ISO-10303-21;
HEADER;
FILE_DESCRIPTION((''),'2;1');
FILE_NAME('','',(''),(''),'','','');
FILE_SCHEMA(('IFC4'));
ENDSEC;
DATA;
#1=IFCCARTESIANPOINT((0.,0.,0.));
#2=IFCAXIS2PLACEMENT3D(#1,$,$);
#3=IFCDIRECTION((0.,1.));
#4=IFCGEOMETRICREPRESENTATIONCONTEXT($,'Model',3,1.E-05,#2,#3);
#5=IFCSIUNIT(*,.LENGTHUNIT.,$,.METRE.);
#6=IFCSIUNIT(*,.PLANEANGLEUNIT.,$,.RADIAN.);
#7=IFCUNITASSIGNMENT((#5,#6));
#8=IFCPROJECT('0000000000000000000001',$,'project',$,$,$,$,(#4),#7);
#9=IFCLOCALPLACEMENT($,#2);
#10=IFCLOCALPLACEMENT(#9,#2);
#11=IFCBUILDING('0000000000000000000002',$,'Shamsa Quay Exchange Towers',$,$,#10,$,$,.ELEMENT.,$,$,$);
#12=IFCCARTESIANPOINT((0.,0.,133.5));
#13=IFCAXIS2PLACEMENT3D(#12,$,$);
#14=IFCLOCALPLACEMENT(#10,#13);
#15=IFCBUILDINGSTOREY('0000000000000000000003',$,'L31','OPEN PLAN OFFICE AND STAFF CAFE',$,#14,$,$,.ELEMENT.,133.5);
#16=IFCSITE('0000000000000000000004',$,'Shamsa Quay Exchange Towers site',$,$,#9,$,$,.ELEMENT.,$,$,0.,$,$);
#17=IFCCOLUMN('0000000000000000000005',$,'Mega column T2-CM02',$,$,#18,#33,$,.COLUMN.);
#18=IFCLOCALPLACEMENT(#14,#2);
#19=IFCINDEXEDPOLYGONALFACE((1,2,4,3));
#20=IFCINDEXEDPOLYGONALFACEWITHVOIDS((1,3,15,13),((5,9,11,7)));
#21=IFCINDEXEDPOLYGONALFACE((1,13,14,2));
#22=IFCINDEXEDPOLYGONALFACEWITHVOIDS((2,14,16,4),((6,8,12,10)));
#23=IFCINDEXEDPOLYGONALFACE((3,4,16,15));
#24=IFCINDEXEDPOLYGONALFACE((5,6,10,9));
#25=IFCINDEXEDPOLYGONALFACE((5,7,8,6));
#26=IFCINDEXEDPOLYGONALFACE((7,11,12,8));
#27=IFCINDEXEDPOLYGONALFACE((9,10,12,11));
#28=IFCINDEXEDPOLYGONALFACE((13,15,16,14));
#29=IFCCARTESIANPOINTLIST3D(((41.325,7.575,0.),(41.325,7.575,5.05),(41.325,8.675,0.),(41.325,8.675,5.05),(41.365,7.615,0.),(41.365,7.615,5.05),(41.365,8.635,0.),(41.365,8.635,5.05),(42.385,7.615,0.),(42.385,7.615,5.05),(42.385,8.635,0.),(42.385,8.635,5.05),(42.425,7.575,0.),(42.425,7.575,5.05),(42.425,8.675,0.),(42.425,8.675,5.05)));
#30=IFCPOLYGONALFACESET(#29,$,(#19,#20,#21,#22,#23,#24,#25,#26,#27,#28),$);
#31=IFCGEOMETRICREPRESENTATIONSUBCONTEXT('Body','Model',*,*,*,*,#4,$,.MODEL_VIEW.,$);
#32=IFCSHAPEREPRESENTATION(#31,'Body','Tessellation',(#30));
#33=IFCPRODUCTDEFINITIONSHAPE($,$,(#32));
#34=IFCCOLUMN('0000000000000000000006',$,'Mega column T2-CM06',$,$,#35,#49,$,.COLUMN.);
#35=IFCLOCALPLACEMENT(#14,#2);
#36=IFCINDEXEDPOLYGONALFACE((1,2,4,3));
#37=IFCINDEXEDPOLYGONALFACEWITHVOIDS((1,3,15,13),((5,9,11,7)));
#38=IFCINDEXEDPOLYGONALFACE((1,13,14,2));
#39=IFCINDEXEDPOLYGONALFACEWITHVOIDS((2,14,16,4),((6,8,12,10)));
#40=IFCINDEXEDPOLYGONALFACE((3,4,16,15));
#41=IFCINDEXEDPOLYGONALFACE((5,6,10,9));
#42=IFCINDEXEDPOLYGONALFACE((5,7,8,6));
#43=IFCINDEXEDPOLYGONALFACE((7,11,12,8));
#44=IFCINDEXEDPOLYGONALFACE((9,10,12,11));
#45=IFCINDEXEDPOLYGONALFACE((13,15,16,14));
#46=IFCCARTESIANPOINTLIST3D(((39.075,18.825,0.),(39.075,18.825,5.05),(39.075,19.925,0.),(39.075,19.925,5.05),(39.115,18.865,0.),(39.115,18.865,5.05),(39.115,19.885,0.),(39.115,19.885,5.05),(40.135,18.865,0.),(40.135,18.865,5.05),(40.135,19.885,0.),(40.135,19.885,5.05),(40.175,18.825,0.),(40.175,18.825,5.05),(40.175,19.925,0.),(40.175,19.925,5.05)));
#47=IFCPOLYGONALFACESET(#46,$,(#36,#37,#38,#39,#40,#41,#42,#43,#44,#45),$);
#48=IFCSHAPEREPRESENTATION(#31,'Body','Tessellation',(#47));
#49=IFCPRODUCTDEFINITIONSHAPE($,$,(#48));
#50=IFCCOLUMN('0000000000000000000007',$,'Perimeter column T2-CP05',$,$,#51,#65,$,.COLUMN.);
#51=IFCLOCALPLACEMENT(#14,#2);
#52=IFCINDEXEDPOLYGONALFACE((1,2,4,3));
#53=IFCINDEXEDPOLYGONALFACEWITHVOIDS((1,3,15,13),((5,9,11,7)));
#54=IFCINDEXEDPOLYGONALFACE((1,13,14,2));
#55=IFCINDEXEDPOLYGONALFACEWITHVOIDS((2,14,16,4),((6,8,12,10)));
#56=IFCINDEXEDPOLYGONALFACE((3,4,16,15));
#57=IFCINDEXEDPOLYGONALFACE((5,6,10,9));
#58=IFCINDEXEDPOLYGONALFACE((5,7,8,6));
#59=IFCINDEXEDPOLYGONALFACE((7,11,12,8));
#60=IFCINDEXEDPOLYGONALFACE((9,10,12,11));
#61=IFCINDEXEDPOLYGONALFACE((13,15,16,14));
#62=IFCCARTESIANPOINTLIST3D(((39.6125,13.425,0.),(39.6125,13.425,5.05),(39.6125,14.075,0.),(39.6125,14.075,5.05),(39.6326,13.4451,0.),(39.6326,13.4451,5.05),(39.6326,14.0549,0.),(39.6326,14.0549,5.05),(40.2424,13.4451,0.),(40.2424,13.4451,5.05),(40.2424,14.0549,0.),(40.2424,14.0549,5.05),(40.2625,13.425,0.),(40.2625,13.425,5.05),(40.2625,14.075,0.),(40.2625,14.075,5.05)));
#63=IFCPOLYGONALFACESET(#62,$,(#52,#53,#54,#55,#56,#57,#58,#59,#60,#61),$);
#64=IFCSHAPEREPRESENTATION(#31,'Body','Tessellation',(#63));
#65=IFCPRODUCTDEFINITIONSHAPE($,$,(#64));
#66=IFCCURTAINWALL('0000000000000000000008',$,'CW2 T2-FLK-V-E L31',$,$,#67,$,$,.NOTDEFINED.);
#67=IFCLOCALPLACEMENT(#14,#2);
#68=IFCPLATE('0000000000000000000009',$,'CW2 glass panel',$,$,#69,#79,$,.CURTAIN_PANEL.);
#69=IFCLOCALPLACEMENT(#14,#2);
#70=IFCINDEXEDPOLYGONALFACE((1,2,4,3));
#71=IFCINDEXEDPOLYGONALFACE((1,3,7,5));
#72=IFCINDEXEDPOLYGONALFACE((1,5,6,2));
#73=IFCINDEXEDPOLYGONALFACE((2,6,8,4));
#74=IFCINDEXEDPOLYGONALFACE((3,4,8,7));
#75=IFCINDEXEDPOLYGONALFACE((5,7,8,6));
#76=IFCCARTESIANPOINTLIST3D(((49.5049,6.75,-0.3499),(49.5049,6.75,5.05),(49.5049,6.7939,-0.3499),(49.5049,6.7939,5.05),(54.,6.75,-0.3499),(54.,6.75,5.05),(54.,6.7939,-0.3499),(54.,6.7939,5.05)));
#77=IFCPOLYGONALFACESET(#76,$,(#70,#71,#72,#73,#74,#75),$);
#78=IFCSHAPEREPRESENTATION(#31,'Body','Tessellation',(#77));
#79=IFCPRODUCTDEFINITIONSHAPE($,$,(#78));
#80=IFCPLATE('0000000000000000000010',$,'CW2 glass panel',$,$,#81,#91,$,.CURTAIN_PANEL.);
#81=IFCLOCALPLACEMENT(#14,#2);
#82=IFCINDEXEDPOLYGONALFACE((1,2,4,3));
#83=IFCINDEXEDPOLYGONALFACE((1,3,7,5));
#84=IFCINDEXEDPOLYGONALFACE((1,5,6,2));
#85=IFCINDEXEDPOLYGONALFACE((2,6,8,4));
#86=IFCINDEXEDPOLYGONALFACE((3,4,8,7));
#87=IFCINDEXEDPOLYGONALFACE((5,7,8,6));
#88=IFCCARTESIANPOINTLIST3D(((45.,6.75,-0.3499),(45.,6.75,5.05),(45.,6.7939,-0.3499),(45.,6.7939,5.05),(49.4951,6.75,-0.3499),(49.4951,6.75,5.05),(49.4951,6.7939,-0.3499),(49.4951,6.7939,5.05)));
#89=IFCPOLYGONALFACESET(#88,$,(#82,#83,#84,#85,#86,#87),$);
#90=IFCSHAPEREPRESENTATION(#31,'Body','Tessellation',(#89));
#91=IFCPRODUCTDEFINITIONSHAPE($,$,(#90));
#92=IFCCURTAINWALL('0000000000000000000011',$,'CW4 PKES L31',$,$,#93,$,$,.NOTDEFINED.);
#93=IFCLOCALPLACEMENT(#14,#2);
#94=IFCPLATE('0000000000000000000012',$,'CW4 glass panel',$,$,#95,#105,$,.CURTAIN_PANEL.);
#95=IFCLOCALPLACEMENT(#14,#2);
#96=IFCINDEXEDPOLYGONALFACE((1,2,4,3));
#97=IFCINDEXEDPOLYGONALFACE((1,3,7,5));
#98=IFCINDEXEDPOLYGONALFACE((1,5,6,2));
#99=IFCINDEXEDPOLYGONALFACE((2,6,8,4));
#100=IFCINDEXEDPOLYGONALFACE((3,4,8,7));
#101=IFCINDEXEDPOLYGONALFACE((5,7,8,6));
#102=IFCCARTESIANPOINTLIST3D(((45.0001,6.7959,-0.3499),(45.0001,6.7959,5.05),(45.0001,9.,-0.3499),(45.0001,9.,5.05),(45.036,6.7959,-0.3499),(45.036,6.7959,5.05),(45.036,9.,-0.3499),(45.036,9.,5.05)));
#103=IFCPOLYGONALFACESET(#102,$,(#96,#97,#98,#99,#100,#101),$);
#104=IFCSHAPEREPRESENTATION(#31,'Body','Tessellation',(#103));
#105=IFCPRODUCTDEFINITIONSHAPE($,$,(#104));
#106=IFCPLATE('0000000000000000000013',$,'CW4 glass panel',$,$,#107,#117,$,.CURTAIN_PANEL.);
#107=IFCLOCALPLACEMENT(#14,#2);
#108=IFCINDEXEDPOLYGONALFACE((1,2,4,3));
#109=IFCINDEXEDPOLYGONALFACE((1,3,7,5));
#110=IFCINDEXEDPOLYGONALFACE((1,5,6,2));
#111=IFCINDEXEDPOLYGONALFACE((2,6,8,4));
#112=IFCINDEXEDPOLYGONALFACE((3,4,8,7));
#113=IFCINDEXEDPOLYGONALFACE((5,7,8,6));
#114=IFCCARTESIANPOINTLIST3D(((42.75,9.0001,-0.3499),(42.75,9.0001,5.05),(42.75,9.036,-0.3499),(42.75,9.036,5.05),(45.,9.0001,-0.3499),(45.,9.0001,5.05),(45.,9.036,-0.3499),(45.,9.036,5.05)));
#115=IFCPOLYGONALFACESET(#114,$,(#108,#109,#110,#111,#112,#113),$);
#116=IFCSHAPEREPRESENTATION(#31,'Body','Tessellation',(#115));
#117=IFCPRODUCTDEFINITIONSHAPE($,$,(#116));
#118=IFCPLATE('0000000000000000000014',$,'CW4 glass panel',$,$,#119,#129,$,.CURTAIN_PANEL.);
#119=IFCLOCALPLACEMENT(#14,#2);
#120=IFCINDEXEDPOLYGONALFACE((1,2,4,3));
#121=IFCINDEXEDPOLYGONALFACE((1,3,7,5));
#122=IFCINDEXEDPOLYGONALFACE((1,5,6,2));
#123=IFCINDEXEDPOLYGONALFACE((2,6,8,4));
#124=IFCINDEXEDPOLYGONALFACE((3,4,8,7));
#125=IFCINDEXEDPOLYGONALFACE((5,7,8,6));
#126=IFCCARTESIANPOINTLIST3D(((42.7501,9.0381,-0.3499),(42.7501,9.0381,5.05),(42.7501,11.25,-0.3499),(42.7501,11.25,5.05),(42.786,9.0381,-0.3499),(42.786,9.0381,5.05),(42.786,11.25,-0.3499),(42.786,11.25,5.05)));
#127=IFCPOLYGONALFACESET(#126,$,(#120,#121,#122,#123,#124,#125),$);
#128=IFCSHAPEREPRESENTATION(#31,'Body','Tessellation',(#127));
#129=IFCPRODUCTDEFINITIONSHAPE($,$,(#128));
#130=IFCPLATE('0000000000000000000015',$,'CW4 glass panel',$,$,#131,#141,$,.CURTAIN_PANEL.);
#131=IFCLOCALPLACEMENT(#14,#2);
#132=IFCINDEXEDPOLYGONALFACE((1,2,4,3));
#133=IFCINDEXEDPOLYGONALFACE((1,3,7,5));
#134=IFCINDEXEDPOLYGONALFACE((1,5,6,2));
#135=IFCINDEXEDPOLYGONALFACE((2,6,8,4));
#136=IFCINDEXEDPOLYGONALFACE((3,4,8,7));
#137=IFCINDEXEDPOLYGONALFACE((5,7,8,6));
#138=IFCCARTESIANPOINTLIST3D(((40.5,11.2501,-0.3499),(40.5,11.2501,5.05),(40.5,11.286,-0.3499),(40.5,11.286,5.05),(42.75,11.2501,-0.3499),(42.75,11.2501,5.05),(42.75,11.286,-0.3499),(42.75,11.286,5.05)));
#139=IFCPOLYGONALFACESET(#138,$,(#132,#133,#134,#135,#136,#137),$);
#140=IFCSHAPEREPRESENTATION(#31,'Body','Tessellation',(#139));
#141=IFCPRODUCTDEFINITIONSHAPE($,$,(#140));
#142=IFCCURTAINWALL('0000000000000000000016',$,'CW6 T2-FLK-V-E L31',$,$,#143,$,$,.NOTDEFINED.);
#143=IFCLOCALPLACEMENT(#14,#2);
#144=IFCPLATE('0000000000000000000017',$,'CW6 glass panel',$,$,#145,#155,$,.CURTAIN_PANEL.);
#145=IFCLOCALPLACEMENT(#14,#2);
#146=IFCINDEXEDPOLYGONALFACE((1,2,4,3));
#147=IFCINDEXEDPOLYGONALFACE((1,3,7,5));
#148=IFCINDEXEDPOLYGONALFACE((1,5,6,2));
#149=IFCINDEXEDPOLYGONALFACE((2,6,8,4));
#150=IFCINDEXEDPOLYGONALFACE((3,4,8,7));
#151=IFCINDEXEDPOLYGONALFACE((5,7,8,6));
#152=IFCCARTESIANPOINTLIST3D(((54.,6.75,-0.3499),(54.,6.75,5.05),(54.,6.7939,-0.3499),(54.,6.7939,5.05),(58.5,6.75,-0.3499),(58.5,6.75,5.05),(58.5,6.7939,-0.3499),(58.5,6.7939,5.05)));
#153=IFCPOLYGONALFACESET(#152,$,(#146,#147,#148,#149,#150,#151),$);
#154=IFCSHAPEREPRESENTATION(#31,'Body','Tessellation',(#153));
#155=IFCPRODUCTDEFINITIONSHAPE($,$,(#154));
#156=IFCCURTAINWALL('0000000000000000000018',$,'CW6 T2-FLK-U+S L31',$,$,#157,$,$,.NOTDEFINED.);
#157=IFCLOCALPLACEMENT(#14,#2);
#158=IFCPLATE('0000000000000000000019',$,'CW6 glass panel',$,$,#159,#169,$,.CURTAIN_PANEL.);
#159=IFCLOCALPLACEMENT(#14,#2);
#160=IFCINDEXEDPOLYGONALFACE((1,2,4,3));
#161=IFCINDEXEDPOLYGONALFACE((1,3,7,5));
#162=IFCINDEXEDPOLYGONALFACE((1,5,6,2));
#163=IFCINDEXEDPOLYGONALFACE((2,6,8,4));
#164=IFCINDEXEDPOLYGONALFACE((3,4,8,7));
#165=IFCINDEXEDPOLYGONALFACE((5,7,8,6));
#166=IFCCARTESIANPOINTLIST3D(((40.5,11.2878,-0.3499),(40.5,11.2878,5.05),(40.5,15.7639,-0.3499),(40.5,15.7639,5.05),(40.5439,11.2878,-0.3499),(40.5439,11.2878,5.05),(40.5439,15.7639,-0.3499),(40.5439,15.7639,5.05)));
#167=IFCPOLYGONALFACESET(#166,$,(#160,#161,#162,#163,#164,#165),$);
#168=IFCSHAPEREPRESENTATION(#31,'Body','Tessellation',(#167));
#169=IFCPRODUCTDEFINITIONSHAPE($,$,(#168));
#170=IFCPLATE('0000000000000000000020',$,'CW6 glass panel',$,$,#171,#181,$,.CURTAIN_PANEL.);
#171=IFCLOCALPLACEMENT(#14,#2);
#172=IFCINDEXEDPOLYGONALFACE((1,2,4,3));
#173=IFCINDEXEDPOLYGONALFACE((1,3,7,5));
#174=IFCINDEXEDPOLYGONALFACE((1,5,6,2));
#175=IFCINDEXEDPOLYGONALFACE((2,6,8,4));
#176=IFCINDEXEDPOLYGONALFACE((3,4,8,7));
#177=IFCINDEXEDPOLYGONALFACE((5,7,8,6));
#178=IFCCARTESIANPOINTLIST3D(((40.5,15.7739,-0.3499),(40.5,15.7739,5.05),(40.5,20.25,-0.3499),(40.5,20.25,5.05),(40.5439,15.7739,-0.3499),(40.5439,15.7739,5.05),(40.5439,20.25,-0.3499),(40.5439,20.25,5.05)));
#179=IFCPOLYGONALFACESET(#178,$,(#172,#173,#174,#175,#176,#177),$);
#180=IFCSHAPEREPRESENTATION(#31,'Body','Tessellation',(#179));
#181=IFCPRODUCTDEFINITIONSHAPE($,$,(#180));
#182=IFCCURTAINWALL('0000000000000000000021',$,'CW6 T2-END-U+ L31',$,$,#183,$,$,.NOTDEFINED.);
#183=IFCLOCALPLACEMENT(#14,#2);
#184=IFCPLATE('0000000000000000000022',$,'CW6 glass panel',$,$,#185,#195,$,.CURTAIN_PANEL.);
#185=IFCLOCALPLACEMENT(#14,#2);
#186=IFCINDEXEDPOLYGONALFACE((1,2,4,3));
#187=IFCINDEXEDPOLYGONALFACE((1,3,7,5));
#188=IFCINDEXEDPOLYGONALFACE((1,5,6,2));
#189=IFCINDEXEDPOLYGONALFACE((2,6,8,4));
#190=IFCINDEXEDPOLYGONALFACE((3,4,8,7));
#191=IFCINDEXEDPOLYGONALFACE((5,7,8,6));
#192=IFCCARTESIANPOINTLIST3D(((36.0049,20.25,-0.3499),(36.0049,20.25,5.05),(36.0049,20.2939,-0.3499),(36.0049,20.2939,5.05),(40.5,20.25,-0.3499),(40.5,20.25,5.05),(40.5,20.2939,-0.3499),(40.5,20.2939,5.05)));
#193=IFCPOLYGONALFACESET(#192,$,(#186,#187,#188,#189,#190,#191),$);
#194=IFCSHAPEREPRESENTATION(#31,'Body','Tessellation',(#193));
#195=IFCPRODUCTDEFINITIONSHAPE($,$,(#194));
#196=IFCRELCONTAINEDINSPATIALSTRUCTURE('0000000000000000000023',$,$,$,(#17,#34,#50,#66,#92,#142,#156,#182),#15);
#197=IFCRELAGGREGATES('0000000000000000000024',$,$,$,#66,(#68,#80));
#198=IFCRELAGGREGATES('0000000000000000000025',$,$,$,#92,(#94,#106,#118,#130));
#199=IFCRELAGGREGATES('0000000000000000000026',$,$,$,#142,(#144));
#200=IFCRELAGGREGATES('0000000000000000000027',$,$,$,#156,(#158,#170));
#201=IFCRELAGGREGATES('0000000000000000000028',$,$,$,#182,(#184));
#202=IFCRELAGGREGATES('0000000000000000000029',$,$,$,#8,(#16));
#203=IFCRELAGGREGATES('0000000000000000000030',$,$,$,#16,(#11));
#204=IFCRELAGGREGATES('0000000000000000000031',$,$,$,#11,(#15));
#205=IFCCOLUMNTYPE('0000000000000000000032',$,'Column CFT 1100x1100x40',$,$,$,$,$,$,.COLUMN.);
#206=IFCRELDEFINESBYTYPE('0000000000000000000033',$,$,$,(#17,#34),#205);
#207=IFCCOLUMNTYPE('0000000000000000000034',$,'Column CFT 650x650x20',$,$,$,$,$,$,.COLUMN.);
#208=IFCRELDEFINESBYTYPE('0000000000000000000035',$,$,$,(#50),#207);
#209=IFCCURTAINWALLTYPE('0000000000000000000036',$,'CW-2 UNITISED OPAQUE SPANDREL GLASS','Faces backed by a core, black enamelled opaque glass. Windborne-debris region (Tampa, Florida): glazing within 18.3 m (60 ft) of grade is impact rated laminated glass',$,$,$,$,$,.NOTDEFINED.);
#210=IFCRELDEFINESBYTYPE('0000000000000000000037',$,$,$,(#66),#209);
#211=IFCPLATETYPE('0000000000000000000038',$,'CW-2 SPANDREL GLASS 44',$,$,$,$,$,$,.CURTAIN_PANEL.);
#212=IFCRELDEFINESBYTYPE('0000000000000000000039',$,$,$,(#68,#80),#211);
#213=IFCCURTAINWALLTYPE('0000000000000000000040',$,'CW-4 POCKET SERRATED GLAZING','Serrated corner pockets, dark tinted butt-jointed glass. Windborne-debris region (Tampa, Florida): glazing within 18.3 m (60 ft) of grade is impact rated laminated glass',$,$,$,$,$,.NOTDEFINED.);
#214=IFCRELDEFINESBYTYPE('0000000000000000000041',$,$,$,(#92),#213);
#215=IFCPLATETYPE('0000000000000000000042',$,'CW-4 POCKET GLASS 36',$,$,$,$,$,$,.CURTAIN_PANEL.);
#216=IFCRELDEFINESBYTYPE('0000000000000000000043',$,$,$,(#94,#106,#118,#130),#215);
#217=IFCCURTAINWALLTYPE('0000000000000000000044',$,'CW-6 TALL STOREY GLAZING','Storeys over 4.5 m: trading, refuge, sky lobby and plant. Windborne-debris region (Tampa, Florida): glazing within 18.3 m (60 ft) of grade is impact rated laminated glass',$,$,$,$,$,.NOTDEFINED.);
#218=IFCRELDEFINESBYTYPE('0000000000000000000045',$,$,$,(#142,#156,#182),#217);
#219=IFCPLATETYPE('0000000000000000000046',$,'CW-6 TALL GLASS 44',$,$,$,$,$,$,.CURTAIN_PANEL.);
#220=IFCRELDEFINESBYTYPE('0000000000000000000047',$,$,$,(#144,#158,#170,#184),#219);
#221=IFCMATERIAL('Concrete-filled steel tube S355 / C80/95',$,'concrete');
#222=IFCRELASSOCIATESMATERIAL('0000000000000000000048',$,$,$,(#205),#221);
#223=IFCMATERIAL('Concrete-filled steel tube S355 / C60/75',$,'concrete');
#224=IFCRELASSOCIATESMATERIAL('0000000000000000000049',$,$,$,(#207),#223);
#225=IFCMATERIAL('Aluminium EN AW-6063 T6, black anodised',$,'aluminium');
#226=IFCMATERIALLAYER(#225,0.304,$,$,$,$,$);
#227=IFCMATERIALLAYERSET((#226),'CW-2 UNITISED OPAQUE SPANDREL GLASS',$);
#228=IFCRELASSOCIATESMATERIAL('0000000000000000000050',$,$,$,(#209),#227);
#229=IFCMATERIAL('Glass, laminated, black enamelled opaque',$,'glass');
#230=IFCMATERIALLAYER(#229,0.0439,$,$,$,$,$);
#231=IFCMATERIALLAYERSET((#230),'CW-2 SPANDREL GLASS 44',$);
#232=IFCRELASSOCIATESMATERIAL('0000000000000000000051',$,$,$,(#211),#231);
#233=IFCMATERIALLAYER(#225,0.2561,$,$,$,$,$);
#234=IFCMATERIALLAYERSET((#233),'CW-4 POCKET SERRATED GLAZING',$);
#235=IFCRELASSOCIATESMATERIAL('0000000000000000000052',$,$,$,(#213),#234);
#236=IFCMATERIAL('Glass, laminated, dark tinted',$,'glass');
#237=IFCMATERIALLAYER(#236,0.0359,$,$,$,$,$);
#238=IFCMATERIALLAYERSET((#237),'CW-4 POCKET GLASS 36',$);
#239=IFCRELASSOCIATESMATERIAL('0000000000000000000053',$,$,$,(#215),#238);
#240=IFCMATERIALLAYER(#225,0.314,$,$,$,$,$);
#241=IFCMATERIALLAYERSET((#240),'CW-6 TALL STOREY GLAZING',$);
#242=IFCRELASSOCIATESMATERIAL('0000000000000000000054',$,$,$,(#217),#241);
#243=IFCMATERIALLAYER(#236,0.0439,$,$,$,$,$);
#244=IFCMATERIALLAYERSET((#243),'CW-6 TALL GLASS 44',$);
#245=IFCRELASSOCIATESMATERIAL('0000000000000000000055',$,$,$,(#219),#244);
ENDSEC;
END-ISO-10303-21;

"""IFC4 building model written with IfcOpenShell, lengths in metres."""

from ifc_helpers import new_model, si_unit, direction, frame, origin, origin_2d, place, context, subcontext, project, spatial, rectangle, hollow_rectangle, extrude, material, layer, layer_set, material_profile, profile_set, type_object, element, aggregate, save


model = new_model("IFC4")

# Units and contexts
model_context = context("Model", 3, precision=1e-05, world=origin(), true_north=direction((0.0, 1.0)))
body_context = subcontext(model_context, "Body", "Model", "MODEL_VIEW")
ifc_project = project(units=[si_unit("LENGTHUNIT", "METRE"), si_unit("PLANEANGLEUNIT", "RADIAN")], contexts=[model_context])

# Site, building, storey
site_placement = place(None, origin())
site = spatial("IfcSite", under=ifc_project, at=site_placement, Name="Shamsa Quay Exchange Towers site", CompositionType="ELEMENT", RefElevation=0.0)
building_placement = place(site_placement, origin())
building = spatial("IfcBuilding", under=site, at=building_placement, Name="Shamsa Quay Exchange Towers", CompositionType="ELEMENT")
storey_placement = place(building_placement, frame((0.0, 0.0, 133.5)))
storey = spatial("IfcBuildingStorey", under=building, at=storey_placement, Name="L31", Description="OPEN PLAN OFFICE AND STAFF CAFE", CompositionType="ELEMENT", Elevation=133.5)

# Columns
ifc_material_1 = material(Name="Concrete-filled steel tube S355 / C80/95", Category="concrete")
ifc_material_profile_1 = material_profile(ifc_material_1, hollow_rectangle(XDim=1.1001, YDim=1.1001, WallThickness=0.04, at=origin_2d()), Name="CFT 1100x1100x40")
ifc_profile_set_1 = profile_set([ifc_material_profile_1], Name="Concrete-filled steel tube S355 / C80/95")
column_type_1 = type_object("IfcColumnType", Name="Column CFT 1100x1100x40", PredefinedType="COLUMN", material=ifc_profile_set_1)
for number, where, name in (
    (1, (41.875, 8.125, 0.0), "Mega column T2-CM02"),
    (2, (39.625, 19.375, 0.0), "Mega column T2-CM06"),
):
    element("IfcColumn", number, at=place(storey_placement, frame(where)), inside=storey, type_object=column_type_1, Name=name, PredefinedType="COLUMN", context=body_context, shape_type="SweptSolid", body=[
        extrude(hollow_rectangle(XDim=1.1001, YDim=1.1001, WallThickness=0.04, at=origin_2d()), origin(), (0.0, 0.0, 1.0), 5.05),
    ])
ifc_material_2 = material(Name="Concrete-filled steel tube S355 / C60/75", Category="concrete")
ifc_material_profile_2 = material_profile(ifc_material_2, hollow_rectangle(XDim=0.6499, YDim=0.6499, WallThickness=0.02, at=origin_2d()), Name="CFT 650x650x20")
ifc_profile_set_2 = profile_set([ifc_material_profile_2], Name="Concrete-filled steel tube S355 / C60/75")
column_type_2 = type_object("IfcColumnType", Name="Column CFT 650x650x20", PredefinedType="COLUMN", material=ifc_profile_set_2)
column_placement = place(storey_placement, frame((39.9375, 13.75, 0.0)))
element("IfcColumn", 3, at=column_placement, inside=storey, type_object=column_type_2, Name="Perimeter column T2-CP05", PredefinedType="COLUMN", context=body_context, shape_type="SweptSolid", body=[
    extrude(hollow_rectangle(XDim=0.6499, YDim=0.6499, WallThickness=0.02, at=origin_2d()), origin(), (0.0, 0.0, 1.0), 5.05),
])

# Curtain walls, plates
ifc_material_3 = material(Name="Aluminium EN AW-6063 T6, black anodised", Category="aluminium")
ifc_layer_1 = layer(ifc_material_3, 0.304)
ifc_layer_set_1 = layer_set([ifc_layer_1], Name="CW-2 UNITISED OPAQUE SPANDREL GLASS")
curtain_wall_type_1 = type_object("IfcCurtainWallType", Name="CW-2 UNITISED OPAQUE SPANDREL GLASS", Description="Faces backed by a core, black enamelled opaque glass. Windborne-debris region (Tampa, Florida): glazing within 18.3 m (60 ft) of grade is impact rated laminated glass", PredefinedType="NOTDEFINED", material=ifc_layer_set_1)
curtain_wall_1_placement = place(storey_placement, origin())
curtain_wall_1 = element("IfcCurtainWall", 4, at=curtain_wall_1_placement, inside=storey, type_object=curtain_wall_type_1, Name="CW2 T2-FLK-V-E L31", PredefinedType="NOTDEFINED")
ifc_material_4 = material(Name="Glass, laminated, black enamelled opaque", Category="glass")
ifc_layer_2 = layer(ifc_material_4, 0.0439)
ifc_layer_set_2 = layer_set([ifc_layer_2], Name="CW-2 SPANDREL GLASS 44")
plate_type_1 = type_object("IfcPlateType", Name="CW-2 SPANDREL GLASS 44", PredefinedType="CURTAIN_PANEL", material=ifc_layer_set_2)
plate_1_placement = place(storey_placement, frame((51.7524, 6.772, -0.3499), z_axis=(0.0, 0.0, 1.0), x_axis=(-1.0, 0.0, 0.0)))
plate_1 = element("IfcPlate", 5, at=plate_1_placement, type_object=plate_type_1, Name="CW2 glass panel", PredefinedType="CURTAIN_PANEL", context=body_context, shape_type="SweptSolid", body=[
    extrude(rectangle(XDim=4.4951, YDim=0.0439, at=origin_2d()), origin(), (0.0, 0.0, 1.0), 5.3999),
])
plate_2_placement = place(storey_placement, frame((47.2476, 6.772, -0.3499), z_axis=(0.0, 0.0, 1.0), x_axis=(-1.0, 0.0, 0.0)))
plate_2 = element("IfcPlate", 6, at=plate_2_placement, type_object=plate_type_1, Name="CW2 glass panel", PredefinedType="CURTAIN_PANEL", context=body_context, shape_type="SweptSolid", body=[
    extrude(rectangle(XDim=4.4951, YDim=0.0439, at=origin_2d()), origin(), (0.0, 0.0, 1.0), 5.3999),
])
aggregate(curtain_wall_1, [plate_1, plate_2])
ifc_layer_3 = layer(ifc_material_3, 0.2561)
ifc_layer_set_3 = layer_set([ifc_layer_3], Name="CW-4 POCKET SERRATED GLAZING")
curtain_wall_type_2 = type_object("IfcCurtainWallType", Name="CW-4 POCKET SERRATED GLAZING", Description="Serrated corner pockets, dark tinted butt-jointed glass. Windborne-debris region (Tampa, Florida): glazing within 18.3 m (60 ft) of grade is impact rated laminated glass", PredefinedType="NOTDEFINED", material=ifc_layer_set_3)
curtain_wall_2_placement = place(storey_placement, origin())
curtain_wall_2 = element("IfcCurtainWall", 7, at=curtain_wall_2_placement, inside=storey, type_object=curtain_wall_type_2, Name="CW4 PKES L31", PredefinedType="NOTDEFINED")
ifc_material_5 = material(Name="Glass, laminated, dark tinted", Category="glass")
ifc_layer_4 = layer(ifc_material_5, 0.0359)
ifc_layer_set_4 = layer_set([ifc_layer_4], Name="CW-4 POCKET GLASS 36")
plate_type_2 = type_object("IfcPlateType", Name="CW-4 POCKET GLASS 36", PredefinedType="CURTAIN_PANEL", material=ifc_layer_set_4)
plate_3_placement = place(storey_placement, frame((45.0181, 7.8979, -0.3499), z_axis=(0.0, 0.0, 1.0), x_axis=(0.0, 1.0, 0.0)))
plate_3 = element("IfcPlate", 8, at=plate_3_placement, type_object=plate_type_2, Name="CW4 glass panel", PredefinedType="CURTAIN_PANEL", context=body_context, shape_type="SweptSolid", body=[
    extrude(rectangle(XDim=2.2041, YDim=0.0359, at=origin_2d()), origin(), (0.0, 0.0, 1.0), 5.3999),
])
plate_4_placement = place(storey_placement, frame((43.875, 9.0181, -0.3499), z_axis=(0.0, 0.0, 1.0), x_axis=(-1.0, 0.0, 0.0)))
plate_4 = element("IfcPlate", 9, at=plate_4_placement, type_object=plate_type_2, Name="CW4 glass panel", PredefinedType="CURTAIN_PANEL", context=body_context, shape_type="SweptSolid", body=[
    extrude(rectangle(XDim=2.25, YDim=0.0359, at=origin_2d()), origin(), (0.0, 0.0, 1.0), 5.3999),
])
plate_5_placement = place(storey_placement, frame((42.7681, 10.144, -0.3499), z_axis=(0.0, 0.0, 1.0), x_axis=(0.0, 1.0, 0.0)))
plate_5 = element("IfcPlate", 10, at=plate_5_placement, type_object=plate_type_2, Name="CW4 glass panel", PredefinedType="CURTAIN_PANEL", context=body_context, shape_type="SweptSolid", body=[
    extrude(rectangle(XDim=2.2119, YDim=0.0359, at=origin_2d()), origin(), (0.0, 0.0, 1.0), 5.3999),
])
plate_6_placement = place(storey_placement, frame((41.625, 11.2681, -0.3499), z_axis=(0.0, 0.0, 1.0), x_axis=(-1.0, 0.0, 0.0)))
plate_6 = element("IfcPlate", 11, at=plate_6_placement, type_object=plate_type_2, Name="CW4 glass panel", PredefinedType="CURTAIN_PANEL", context=body_context, shape_type="SweptSolid", body=[
    extrude(rectangle(XDim=2.25, YDim=0.0359, at=origin_2d()), origin(), (0.0, 0.0, 1.0), 5.3999),
])
aggregate(curtain_wall_2, [plate_3, plate_4, plate_5, plate_6])

# Curtain wall, plate
ifc_layer_5 = layer(ifc_material_3, 0.314)
ifc_layer_set_5 = layer_set([ifc_layer_5], Name="CW-6 TALL STOREY GLAZING")
curtain_wall_type_3 = type_object("IfcCurtainWallType", Name="CW-6 TALL STOREY GLAZING", Description="Storeys over 4.5 m: trading, refuge, sky lobby and plant. Windborne-debris region (Tampa, Florida): glazing within 18.3 m (60 ft) of grade is impact rated laminated glass", PredefinedType="NOTDEFINED", material=ifc_layer_set_5)
curtain_wall_3_placement = place(storey_placement, origin())
curtain_wall_3 = element("IfcCurtainWall", 12, at=curtain_wall_3_placement, inside=storey, type_object=curtain_wall_type_3, Name="CW6 T2-FLK-V-E L31", PredefinedType="NOTDEFINED")
ifc_layer_6 = layer(ifc_material_5, 0.0439)
ifc_layer_set_6 = layer_set([ifc_layer_6], Name="CW-6 TALL GLASS 44")
plate_type_3 = type_object("IfcPlateType", Name="CW-6 TALL GLASS 44", PredefinedType="CURTAIN_PANEL", material=ifc_layer_set_6)
plate_7_placement = place(storey_placement, frame((56.25, 6.772, -0.3499), z_axis=(0.0, 0.0, 1.0), x_axis=(-1.0, 0.0, 0.0)))
plate_7 = element("IfcPlate", 13, at=plate_7_placement, type_object=plate_type_3, Name="CW6 glass panel", PredefinedType="CURTAIN_PANEL", context=body_context, shape_type="SweptSolid", body=[
    extrude(rectangle(XDim=4.5, YDim=0.0439, at=origin_2d()), origin(), (0.0, 0.0, 1.0), 5.3999),
])
aggregate(curtain_wall_3, [plate_7])

# Curtain walls, plates
curtain_wall_4_placement = place(storey_placement, origin())
curtain_wall_4 = element("IfcCurtainWall", 14, at=curtain_wall_4_placement, inside=storey, type_object=curtain_wall_type_3, Name="CW6 T2-FLK-U+S L31", PredefinedType="NOTDEFINED")
plate_8_placement = place(storey_placement, frame((40.522, 13.5259, -0.3499), z_axis=(0.0, 0.0, 1.0), x_axis=(0.0, 1.0, 0.0)))
plate_8 = element("IfcPlate", 15, at=plate_8_placement, type_object=plate_type_3, Name="CW6 glass panel", PredefinedType="CURTAIN_PANEL", context=body_context, shape_type="SweptSolid", body=[
    extrude(rectangle(XDim=4.4761, YDim=0.0439, at=origin_2d()), origin(), (0.0, 0.0, 1.0), 5.3999),
])
plate_9_placement = place(storey_placement, frame((40.522, 18.012, -0.3499), z_axis=(0.0, 0.0, 1.0), x_axis=(0.0, 1.0, 0.0)))
plate_9 = element("IfcPlate", 16, at=plate_9_placement, type_object=plate_type_3, Name="CW6 glass panel", PredefinedType="CURTAIN_PANEL", context=body_context, shape_type="SweptSolid", body=[
    extrude(rectangle(XDim=4.4761, YDim=0.0439, at=origin_2d()), origin(), (0.0, 0.0, 1.0), 5.3999),
])
aggregate(curtain_wall_4, [plate_8, plate_9])
curtain_wall_5_placement = place(storey_placement, origin())
curtain_wall_5 = element("IfcCurtainWall", 17, at=curtain_wall_5_placement, inside=storey, type_object=curtain_wall_type_3, Name="CW6 T2-END-U+ L31", PredefinedType="NOTDEFINED")
plate_10_placement = place(storey_placement, frame((38.2524, 20.272, -0.3499), z_axis=(0.0, 0.0, 1.0), x_axis=(-1.0, 0.0, 0.0)))
plate_10 = element("IfcPlate", 18, at=plate_10_placement, type_object=plate_type_3, Name="CW6 glass panel", PredefinedType="CURTAIN_PANEL", context=body_context, shape_type="SweptSolid", body=[
    extrude(rectangle(XDim=4.4951, YDim=0.0439, at=origin_2d()), origin(), (0.0, 0.0, 1.0), 5.3999),
])
aggregate(curtain_wall_5, [plate_10])

save(model, "model.ifc")
